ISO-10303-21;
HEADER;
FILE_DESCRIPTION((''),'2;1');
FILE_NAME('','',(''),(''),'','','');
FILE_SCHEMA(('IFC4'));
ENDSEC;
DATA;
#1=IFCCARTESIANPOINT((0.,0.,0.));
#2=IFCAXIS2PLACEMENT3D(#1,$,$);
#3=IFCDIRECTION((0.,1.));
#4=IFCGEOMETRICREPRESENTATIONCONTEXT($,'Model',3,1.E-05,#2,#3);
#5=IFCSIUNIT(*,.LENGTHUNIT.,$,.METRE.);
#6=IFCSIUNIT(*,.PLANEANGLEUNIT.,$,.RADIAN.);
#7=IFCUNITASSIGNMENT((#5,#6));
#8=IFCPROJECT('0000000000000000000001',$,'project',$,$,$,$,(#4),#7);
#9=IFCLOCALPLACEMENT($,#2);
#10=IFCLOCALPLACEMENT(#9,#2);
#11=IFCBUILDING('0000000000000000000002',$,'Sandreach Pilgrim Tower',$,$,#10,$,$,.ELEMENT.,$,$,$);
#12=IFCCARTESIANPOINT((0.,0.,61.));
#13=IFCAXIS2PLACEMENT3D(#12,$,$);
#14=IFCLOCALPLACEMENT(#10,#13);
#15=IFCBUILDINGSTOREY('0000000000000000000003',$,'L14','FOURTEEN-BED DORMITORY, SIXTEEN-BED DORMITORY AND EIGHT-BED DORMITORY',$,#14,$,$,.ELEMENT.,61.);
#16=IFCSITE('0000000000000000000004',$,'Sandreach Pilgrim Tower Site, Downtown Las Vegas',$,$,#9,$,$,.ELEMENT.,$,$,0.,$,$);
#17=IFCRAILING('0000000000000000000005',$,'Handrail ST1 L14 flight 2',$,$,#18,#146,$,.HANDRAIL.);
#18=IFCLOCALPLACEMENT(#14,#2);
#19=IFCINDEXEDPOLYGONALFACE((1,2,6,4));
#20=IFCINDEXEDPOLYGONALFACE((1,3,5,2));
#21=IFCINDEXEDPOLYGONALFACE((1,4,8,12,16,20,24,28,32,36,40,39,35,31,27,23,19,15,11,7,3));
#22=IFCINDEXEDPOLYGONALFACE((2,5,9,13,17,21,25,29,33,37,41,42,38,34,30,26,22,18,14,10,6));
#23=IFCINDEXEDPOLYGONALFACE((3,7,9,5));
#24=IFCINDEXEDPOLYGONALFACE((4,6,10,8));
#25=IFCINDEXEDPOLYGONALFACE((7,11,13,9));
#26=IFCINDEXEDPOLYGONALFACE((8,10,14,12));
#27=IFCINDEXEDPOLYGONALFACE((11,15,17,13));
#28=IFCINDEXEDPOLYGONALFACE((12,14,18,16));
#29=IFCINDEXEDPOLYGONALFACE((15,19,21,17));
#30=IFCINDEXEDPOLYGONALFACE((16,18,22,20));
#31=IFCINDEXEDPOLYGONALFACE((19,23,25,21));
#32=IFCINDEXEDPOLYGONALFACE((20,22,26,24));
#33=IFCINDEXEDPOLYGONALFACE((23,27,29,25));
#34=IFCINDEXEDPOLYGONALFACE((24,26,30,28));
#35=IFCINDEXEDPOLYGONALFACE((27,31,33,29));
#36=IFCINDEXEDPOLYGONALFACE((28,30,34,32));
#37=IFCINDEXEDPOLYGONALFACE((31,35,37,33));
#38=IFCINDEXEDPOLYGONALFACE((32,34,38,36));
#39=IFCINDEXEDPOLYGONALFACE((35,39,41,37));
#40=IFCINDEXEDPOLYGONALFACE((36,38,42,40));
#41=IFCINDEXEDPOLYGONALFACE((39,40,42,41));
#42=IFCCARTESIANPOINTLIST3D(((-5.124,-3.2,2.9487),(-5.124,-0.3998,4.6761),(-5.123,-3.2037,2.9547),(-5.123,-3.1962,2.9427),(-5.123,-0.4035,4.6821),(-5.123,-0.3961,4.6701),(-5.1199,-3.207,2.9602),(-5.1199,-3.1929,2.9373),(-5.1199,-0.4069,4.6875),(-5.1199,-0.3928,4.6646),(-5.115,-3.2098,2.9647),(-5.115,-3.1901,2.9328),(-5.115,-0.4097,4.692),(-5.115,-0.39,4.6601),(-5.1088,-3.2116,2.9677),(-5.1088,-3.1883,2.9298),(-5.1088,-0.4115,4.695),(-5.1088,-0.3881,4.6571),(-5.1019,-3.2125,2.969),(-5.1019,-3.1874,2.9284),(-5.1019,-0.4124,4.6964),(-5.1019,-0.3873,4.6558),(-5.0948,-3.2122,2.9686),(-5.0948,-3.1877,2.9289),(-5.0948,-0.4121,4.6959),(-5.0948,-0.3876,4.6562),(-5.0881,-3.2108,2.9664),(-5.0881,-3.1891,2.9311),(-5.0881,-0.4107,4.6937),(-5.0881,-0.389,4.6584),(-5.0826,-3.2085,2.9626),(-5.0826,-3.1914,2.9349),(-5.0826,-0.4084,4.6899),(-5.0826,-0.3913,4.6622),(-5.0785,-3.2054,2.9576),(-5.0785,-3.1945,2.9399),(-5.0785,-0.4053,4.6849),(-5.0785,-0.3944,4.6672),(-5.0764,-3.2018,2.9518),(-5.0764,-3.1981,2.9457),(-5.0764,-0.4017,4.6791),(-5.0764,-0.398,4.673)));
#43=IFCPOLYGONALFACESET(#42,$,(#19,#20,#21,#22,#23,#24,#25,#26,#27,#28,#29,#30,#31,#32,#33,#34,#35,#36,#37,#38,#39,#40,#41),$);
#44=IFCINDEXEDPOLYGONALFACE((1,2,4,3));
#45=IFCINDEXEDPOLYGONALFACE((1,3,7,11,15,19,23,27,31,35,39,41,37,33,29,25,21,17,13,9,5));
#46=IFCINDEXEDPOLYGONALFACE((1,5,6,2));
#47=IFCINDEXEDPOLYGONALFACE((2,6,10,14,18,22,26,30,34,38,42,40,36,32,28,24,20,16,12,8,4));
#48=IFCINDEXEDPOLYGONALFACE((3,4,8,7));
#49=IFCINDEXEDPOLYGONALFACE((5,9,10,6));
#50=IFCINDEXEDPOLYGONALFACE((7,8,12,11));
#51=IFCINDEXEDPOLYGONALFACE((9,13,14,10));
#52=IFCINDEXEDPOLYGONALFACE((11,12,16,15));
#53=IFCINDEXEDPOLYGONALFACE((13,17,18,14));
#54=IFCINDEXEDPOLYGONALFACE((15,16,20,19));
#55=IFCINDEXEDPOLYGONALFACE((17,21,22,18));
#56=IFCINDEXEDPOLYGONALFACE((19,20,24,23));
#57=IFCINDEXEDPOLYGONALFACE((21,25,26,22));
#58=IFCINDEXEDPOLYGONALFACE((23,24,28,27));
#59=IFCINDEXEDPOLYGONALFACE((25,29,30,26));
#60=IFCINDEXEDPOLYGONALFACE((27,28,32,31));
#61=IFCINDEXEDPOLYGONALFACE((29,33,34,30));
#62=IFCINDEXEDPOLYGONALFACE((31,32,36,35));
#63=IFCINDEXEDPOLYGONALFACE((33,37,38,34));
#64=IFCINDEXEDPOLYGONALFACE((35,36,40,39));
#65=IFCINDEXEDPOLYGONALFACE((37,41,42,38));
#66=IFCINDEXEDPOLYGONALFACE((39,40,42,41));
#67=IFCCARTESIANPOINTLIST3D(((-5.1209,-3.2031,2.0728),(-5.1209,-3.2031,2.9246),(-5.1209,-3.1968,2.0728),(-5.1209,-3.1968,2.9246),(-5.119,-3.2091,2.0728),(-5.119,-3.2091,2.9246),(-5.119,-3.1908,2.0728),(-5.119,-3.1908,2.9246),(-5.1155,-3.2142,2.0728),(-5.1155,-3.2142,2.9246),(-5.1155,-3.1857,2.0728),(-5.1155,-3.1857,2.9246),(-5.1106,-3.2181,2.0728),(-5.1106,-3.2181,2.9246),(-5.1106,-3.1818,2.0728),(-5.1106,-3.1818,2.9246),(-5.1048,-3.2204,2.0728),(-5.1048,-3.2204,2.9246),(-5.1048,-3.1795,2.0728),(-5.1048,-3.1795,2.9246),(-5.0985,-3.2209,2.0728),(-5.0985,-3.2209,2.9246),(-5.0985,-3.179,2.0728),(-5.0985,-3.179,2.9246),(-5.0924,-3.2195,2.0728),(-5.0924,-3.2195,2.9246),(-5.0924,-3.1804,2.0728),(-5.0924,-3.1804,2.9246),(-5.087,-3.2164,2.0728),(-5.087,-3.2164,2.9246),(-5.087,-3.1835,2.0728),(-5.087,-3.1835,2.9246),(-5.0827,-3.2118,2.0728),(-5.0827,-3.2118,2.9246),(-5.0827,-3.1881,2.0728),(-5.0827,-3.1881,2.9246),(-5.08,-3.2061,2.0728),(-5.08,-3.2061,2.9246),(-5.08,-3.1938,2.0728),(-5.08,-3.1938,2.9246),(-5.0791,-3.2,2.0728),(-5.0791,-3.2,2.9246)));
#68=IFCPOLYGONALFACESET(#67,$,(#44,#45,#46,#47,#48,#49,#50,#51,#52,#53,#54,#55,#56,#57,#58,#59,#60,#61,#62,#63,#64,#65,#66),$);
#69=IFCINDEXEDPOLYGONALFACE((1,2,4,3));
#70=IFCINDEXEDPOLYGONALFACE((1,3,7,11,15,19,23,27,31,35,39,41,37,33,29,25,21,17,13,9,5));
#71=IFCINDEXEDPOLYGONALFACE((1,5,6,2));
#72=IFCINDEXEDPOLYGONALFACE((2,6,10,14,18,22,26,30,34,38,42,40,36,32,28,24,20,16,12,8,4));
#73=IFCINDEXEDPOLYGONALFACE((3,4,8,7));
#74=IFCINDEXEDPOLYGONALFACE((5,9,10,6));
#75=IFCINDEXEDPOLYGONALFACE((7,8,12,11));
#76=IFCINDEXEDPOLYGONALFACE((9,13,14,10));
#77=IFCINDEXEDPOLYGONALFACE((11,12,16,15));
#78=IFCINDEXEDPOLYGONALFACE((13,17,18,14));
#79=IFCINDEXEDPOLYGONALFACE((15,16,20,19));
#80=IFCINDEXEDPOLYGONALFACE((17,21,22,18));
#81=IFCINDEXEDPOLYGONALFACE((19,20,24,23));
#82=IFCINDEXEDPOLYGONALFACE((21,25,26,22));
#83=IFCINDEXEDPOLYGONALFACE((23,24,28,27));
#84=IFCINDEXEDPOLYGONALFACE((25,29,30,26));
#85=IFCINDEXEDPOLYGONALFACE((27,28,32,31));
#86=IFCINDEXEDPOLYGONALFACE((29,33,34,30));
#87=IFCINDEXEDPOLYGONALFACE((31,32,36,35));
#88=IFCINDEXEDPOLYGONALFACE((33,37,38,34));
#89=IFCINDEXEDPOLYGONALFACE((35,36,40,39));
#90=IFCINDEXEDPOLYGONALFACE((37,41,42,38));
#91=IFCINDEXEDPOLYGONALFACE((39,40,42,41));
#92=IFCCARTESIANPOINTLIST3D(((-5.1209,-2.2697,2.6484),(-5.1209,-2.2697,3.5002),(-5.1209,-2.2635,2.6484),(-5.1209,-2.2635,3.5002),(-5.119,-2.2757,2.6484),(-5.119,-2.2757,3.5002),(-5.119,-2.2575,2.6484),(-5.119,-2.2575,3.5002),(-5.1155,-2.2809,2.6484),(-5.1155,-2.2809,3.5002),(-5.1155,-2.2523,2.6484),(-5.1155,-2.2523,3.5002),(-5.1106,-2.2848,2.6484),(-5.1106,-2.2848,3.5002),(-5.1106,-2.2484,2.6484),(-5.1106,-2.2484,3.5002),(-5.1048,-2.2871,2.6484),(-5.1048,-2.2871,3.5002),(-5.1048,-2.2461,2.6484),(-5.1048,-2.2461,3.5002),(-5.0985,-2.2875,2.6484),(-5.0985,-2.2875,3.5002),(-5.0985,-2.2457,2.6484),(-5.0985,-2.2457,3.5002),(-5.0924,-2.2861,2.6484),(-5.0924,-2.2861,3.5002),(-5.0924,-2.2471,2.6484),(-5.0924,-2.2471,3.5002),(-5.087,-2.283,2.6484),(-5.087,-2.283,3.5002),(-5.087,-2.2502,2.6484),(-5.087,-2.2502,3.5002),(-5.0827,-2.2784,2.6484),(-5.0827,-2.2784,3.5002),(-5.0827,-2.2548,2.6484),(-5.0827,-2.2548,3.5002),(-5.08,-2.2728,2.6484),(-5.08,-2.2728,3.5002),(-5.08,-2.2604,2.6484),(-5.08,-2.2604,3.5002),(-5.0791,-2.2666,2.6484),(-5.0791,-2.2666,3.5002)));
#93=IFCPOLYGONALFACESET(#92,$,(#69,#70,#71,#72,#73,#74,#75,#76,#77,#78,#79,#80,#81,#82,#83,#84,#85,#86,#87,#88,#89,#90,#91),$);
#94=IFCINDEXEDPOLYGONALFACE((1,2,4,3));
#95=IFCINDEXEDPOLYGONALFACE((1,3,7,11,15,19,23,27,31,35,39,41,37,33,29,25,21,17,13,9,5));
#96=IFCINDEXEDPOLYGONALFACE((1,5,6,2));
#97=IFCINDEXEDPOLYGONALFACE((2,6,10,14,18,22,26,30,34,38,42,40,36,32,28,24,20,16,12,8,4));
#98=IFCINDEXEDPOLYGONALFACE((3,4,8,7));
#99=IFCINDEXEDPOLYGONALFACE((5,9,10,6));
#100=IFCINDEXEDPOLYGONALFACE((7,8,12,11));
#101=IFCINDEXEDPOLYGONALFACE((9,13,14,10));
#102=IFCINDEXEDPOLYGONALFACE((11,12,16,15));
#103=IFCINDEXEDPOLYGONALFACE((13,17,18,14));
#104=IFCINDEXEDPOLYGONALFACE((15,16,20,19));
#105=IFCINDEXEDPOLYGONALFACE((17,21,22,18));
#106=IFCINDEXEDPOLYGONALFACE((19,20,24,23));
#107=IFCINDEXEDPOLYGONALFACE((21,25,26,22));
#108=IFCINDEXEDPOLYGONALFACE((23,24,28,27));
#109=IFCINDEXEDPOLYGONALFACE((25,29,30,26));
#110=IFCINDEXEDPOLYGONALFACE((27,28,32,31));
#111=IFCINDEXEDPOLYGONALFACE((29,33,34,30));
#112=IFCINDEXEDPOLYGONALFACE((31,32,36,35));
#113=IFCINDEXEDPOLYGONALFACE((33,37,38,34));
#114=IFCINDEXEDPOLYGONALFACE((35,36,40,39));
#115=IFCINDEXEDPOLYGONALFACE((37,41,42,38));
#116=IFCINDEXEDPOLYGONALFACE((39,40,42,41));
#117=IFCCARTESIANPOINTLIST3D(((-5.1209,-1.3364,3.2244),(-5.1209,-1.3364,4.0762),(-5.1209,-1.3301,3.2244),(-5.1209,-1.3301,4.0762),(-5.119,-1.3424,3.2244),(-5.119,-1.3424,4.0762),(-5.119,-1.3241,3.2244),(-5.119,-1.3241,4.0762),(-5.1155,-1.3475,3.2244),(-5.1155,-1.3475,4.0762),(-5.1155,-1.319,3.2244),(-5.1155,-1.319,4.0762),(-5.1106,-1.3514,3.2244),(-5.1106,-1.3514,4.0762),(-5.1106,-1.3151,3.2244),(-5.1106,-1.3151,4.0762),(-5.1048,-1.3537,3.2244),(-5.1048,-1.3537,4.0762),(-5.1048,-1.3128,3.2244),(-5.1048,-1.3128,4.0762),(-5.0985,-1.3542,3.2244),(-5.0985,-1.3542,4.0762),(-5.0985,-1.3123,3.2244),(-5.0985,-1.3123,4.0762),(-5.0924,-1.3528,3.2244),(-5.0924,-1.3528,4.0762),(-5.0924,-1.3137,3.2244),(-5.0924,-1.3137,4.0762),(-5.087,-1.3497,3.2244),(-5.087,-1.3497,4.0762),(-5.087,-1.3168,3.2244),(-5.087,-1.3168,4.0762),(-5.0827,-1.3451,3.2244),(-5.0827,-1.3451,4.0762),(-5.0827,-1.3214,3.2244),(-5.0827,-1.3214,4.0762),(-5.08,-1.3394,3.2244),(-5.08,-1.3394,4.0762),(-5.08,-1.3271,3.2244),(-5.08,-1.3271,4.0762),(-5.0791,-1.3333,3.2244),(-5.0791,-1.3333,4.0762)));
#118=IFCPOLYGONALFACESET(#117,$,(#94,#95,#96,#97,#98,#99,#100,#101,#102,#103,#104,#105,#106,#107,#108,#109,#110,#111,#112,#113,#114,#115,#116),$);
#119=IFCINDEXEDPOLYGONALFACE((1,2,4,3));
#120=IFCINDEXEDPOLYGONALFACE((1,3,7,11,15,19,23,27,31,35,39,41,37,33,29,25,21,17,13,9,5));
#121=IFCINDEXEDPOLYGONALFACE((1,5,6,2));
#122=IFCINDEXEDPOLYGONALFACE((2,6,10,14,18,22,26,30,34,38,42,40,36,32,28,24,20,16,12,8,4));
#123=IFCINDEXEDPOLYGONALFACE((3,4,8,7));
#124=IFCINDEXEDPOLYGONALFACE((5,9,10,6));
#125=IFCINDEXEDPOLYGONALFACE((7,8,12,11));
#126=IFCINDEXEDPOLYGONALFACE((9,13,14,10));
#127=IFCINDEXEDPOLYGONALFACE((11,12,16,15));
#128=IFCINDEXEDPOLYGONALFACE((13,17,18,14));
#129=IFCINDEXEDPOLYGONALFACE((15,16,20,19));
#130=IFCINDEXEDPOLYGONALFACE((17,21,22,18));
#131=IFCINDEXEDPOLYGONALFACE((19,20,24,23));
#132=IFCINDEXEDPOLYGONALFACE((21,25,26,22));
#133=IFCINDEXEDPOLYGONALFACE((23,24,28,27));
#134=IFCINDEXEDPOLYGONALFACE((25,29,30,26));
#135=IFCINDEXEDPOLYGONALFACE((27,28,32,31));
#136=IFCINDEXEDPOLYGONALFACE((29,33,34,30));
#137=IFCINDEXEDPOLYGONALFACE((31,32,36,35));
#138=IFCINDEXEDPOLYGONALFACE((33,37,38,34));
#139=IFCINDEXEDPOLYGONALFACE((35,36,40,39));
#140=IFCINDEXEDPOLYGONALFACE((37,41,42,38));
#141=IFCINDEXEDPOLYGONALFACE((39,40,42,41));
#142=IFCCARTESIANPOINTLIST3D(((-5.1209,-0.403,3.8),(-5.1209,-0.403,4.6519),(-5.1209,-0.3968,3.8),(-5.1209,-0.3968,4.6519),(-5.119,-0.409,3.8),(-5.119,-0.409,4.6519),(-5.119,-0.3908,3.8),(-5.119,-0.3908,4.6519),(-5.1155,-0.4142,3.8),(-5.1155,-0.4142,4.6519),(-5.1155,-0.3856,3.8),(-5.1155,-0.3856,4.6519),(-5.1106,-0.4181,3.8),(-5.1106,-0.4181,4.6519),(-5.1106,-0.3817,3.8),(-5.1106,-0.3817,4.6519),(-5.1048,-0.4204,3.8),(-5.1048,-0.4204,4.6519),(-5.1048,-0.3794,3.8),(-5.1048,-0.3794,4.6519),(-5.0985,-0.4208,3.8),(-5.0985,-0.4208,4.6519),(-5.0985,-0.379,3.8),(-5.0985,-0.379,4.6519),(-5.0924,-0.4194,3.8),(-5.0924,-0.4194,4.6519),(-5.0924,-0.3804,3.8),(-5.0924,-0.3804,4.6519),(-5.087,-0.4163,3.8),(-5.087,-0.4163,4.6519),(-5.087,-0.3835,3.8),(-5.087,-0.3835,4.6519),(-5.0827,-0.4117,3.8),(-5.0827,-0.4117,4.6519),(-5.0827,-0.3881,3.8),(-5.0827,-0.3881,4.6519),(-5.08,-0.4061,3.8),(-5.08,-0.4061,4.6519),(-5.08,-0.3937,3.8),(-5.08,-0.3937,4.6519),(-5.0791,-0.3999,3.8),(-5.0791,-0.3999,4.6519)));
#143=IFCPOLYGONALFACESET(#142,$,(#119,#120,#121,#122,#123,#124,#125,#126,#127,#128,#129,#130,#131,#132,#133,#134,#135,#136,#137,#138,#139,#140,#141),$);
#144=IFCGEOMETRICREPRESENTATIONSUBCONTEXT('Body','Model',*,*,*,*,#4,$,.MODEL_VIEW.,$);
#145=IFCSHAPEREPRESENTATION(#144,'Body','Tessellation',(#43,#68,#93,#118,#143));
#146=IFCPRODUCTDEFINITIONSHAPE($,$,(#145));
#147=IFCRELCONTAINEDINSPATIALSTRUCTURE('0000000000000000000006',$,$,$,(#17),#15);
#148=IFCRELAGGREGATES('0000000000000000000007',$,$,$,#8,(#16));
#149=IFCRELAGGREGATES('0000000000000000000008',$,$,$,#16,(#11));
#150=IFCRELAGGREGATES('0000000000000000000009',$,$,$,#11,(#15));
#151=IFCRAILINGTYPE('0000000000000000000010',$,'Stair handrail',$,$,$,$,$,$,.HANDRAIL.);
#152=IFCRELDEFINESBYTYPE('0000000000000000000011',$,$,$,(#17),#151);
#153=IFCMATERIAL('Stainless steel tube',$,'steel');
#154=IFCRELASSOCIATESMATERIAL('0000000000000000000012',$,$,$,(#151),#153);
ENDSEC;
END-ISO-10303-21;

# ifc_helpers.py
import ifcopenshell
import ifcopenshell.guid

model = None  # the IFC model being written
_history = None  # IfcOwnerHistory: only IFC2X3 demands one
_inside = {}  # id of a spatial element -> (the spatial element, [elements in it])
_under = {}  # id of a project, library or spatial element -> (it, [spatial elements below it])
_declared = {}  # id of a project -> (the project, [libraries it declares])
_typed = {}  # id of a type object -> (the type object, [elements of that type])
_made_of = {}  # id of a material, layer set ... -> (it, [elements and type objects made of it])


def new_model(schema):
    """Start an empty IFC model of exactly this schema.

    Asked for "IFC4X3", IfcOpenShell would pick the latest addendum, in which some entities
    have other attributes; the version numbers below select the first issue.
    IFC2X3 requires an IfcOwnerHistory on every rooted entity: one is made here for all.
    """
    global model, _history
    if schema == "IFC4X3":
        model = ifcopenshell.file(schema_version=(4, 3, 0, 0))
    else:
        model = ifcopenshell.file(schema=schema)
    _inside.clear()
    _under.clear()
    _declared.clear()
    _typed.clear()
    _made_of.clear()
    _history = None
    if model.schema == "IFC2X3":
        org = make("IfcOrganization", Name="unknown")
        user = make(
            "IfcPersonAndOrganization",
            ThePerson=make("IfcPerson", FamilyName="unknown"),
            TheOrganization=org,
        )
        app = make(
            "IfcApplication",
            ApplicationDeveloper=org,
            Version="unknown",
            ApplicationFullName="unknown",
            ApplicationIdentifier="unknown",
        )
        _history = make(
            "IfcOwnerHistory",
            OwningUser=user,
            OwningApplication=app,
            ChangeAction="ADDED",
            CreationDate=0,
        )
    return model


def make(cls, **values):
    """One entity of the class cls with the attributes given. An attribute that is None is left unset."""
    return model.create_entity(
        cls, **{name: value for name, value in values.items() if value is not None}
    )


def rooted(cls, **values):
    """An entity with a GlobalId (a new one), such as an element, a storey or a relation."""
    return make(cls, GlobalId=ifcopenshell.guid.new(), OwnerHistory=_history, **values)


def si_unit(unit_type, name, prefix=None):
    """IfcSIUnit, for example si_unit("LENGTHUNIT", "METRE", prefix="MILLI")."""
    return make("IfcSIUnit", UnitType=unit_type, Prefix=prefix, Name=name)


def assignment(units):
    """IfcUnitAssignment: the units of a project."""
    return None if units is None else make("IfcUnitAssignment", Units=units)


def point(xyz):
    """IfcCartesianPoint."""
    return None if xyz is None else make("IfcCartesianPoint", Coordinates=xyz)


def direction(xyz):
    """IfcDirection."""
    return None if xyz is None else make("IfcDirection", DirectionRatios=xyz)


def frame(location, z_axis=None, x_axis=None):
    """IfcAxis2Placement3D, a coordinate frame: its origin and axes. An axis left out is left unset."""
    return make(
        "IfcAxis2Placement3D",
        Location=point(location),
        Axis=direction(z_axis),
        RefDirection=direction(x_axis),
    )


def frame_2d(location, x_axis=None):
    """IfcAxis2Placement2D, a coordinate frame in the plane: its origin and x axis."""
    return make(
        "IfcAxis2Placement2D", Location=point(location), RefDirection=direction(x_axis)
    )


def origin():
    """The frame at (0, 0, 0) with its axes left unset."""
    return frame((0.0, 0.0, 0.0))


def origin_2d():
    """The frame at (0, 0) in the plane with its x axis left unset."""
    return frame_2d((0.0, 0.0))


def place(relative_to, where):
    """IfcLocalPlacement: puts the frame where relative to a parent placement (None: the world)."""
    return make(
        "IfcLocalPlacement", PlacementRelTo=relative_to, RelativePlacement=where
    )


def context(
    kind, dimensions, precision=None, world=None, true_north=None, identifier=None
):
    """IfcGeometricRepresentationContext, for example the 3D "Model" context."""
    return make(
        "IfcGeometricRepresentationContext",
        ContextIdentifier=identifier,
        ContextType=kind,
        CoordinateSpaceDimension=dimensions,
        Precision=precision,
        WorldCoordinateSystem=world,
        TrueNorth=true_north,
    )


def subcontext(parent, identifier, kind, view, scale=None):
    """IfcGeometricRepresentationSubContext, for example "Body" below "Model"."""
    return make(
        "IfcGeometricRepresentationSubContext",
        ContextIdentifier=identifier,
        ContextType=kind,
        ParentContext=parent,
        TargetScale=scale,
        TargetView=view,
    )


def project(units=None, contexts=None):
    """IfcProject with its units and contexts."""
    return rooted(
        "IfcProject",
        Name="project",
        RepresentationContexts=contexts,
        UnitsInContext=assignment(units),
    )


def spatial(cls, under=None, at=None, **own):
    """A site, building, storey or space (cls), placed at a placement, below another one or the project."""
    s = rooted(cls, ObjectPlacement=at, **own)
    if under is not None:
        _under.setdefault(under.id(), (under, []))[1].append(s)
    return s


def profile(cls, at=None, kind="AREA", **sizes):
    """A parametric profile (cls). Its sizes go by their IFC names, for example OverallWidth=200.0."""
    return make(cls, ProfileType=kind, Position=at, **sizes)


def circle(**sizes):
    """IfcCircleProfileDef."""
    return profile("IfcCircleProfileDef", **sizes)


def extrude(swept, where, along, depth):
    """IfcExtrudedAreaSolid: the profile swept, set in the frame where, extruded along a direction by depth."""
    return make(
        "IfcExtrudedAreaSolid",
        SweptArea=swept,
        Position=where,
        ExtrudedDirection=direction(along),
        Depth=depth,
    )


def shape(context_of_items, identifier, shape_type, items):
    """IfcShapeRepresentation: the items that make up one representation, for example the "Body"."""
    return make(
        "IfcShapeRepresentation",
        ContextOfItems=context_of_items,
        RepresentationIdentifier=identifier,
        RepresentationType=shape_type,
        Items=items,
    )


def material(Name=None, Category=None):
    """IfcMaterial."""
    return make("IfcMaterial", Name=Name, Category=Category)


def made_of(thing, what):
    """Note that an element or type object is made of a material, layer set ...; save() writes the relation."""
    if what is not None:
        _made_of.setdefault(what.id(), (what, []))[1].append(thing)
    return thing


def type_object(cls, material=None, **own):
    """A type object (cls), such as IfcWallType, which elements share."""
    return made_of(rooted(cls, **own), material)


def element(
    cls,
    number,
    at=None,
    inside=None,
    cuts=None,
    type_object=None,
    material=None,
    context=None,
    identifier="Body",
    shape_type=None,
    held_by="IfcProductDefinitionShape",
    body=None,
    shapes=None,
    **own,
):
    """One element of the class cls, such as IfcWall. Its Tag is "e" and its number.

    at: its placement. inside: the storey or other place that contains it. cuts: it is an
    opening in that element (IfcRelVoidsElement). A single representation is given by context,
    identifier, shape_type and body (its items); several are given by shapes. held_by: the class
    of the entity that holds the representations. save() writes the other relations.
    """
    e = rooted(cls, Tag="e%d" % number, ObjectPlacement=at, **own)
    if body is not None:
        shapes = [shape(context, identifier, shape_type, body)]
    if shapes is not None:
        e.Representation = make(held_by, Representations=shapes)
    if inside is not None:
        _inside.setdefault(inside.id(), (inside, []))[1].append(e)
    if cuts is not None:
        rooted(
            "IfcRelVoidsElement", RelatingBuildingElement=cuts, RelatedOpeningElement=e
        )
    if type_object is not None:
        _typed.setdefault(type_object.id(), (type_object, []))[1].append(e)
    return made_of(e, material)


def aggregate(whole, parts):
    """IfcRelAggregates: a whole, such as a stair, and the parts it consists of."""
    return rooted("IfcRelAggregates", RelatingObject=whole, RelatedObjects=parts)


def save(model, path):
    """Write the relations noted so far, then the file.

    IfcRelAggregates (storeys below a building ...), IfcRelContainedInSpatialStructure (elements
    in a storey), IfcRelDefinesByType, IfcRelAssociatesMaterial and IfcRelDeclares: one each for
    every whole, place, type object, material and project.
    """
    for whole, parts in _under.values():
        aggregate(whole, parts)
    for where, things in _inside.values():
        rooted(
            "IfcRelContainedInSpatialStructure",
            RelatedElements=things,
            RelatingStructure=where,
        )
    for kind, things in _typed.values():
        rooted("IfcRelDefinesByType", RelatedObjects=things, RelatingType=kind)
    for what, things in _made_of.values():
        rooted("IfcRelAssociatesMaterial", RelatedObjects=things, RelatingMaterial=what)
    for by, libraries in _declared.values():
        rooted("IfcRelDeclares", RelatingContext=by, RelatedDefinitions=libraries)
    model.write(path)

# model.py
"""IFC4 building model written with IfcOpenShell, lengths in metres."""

from ifc_helpers import new_model, si_unit, direction, frame, origin, origin_2d, place, context, subcontext, project, spatial, circle, extrude, material, type_object, element, save


model = new_model("IFC4")

# Units and contexts
model_context = context("Model", 3, precision=1e-05, world=origin(), true_north=direction((0.0, 1.0)))
body_context = subcontext(model_context, "Body", "Model", "MODEL_VIEW")
ifc_project = project(units=[si_unit("LENGTHUNIT", "METRE"), si_unit("PLANEANGLEUNIT", "RADIAN")], contexts=[model_context])

# Site, building, storey
site_placement = place(None, origin())
site = spatial("IfcSite", under=ifc_project, at=site_placement, Name="Sandreach Pilgrim Tower Site, Downtown Las Vegas", CompositionType="ELEMENT", RefElevation=0.0)
building_placement = place(site_placement, origin())
building = spatial("IfcBuilding", under=site, at=building_placement, Name="Sandreach Pilgrim Tower", CompositionType="ELEMENT")
storey_placement = place(building_placement, frame((0.0, 0.0, 61.0)))
storey = spatial("IfcBuildingStorey", under=building, at=storey_placement, Name="L14", Description="FOURTEEN-BED DORMITORY, SIXTEEN-BED DORMITORY AND EIGHT-BED DORMITORY", CompositionType="ELEMENT", Elevation=61.0)

# Railing
ifc_material_1 = material(Name="Stainless steel tube", Category="steel")
railing_type = type_object("IfcRailingType", Name="Stair handrail", PredefinedType="HANDRAIL", material=ifc_material_1)
for number, where, name in (
    (1, (-5.1001, -3.2, 2.0728), "Handrail ST1 L14 flight 2"),
):
    element("IfcRailing", number, at=place(storey_placement, frame(where)), inside=storey, type_object=railing_type, Name=name, PredefinedType="HANDRAIL", context=body_context, shape_type="SweptSolid", body=[
        extrude(circle(Radius=0.0239, at=origin_2d()), frame((0.0, 0.0, 0.876), z_axis=(0.0, 0.85109, 0.52502), x_axis=(-1.0, 0.0, 0.0)), (0.0, 0.0, 1.0), 3.29),
        extrude(circle(Radius=0.021, at=origin_2d()), origin(), (0.0, 0.0, 1.0), 0.8518),
        extrude(circle(Radius=0.021, at=origin_2d()), frame((0.0, 0.9333, 0.5757)), (0.0, 0.0, 1.0), 0.8518),
        extrude(circle(Radius=0.021, at=origin_2d()), frame((0.0, 1.8667, 1.1516)), (0.0, 0.0, 1.0), 0.8518),
        extrude(circle(Radius=0.021, at=origin_2d()), frame((0.0, 2.8, 1.7273)), (0.0, 0.0, 1.0), 0.8518),
    ])

save(model, "model.ifc")
